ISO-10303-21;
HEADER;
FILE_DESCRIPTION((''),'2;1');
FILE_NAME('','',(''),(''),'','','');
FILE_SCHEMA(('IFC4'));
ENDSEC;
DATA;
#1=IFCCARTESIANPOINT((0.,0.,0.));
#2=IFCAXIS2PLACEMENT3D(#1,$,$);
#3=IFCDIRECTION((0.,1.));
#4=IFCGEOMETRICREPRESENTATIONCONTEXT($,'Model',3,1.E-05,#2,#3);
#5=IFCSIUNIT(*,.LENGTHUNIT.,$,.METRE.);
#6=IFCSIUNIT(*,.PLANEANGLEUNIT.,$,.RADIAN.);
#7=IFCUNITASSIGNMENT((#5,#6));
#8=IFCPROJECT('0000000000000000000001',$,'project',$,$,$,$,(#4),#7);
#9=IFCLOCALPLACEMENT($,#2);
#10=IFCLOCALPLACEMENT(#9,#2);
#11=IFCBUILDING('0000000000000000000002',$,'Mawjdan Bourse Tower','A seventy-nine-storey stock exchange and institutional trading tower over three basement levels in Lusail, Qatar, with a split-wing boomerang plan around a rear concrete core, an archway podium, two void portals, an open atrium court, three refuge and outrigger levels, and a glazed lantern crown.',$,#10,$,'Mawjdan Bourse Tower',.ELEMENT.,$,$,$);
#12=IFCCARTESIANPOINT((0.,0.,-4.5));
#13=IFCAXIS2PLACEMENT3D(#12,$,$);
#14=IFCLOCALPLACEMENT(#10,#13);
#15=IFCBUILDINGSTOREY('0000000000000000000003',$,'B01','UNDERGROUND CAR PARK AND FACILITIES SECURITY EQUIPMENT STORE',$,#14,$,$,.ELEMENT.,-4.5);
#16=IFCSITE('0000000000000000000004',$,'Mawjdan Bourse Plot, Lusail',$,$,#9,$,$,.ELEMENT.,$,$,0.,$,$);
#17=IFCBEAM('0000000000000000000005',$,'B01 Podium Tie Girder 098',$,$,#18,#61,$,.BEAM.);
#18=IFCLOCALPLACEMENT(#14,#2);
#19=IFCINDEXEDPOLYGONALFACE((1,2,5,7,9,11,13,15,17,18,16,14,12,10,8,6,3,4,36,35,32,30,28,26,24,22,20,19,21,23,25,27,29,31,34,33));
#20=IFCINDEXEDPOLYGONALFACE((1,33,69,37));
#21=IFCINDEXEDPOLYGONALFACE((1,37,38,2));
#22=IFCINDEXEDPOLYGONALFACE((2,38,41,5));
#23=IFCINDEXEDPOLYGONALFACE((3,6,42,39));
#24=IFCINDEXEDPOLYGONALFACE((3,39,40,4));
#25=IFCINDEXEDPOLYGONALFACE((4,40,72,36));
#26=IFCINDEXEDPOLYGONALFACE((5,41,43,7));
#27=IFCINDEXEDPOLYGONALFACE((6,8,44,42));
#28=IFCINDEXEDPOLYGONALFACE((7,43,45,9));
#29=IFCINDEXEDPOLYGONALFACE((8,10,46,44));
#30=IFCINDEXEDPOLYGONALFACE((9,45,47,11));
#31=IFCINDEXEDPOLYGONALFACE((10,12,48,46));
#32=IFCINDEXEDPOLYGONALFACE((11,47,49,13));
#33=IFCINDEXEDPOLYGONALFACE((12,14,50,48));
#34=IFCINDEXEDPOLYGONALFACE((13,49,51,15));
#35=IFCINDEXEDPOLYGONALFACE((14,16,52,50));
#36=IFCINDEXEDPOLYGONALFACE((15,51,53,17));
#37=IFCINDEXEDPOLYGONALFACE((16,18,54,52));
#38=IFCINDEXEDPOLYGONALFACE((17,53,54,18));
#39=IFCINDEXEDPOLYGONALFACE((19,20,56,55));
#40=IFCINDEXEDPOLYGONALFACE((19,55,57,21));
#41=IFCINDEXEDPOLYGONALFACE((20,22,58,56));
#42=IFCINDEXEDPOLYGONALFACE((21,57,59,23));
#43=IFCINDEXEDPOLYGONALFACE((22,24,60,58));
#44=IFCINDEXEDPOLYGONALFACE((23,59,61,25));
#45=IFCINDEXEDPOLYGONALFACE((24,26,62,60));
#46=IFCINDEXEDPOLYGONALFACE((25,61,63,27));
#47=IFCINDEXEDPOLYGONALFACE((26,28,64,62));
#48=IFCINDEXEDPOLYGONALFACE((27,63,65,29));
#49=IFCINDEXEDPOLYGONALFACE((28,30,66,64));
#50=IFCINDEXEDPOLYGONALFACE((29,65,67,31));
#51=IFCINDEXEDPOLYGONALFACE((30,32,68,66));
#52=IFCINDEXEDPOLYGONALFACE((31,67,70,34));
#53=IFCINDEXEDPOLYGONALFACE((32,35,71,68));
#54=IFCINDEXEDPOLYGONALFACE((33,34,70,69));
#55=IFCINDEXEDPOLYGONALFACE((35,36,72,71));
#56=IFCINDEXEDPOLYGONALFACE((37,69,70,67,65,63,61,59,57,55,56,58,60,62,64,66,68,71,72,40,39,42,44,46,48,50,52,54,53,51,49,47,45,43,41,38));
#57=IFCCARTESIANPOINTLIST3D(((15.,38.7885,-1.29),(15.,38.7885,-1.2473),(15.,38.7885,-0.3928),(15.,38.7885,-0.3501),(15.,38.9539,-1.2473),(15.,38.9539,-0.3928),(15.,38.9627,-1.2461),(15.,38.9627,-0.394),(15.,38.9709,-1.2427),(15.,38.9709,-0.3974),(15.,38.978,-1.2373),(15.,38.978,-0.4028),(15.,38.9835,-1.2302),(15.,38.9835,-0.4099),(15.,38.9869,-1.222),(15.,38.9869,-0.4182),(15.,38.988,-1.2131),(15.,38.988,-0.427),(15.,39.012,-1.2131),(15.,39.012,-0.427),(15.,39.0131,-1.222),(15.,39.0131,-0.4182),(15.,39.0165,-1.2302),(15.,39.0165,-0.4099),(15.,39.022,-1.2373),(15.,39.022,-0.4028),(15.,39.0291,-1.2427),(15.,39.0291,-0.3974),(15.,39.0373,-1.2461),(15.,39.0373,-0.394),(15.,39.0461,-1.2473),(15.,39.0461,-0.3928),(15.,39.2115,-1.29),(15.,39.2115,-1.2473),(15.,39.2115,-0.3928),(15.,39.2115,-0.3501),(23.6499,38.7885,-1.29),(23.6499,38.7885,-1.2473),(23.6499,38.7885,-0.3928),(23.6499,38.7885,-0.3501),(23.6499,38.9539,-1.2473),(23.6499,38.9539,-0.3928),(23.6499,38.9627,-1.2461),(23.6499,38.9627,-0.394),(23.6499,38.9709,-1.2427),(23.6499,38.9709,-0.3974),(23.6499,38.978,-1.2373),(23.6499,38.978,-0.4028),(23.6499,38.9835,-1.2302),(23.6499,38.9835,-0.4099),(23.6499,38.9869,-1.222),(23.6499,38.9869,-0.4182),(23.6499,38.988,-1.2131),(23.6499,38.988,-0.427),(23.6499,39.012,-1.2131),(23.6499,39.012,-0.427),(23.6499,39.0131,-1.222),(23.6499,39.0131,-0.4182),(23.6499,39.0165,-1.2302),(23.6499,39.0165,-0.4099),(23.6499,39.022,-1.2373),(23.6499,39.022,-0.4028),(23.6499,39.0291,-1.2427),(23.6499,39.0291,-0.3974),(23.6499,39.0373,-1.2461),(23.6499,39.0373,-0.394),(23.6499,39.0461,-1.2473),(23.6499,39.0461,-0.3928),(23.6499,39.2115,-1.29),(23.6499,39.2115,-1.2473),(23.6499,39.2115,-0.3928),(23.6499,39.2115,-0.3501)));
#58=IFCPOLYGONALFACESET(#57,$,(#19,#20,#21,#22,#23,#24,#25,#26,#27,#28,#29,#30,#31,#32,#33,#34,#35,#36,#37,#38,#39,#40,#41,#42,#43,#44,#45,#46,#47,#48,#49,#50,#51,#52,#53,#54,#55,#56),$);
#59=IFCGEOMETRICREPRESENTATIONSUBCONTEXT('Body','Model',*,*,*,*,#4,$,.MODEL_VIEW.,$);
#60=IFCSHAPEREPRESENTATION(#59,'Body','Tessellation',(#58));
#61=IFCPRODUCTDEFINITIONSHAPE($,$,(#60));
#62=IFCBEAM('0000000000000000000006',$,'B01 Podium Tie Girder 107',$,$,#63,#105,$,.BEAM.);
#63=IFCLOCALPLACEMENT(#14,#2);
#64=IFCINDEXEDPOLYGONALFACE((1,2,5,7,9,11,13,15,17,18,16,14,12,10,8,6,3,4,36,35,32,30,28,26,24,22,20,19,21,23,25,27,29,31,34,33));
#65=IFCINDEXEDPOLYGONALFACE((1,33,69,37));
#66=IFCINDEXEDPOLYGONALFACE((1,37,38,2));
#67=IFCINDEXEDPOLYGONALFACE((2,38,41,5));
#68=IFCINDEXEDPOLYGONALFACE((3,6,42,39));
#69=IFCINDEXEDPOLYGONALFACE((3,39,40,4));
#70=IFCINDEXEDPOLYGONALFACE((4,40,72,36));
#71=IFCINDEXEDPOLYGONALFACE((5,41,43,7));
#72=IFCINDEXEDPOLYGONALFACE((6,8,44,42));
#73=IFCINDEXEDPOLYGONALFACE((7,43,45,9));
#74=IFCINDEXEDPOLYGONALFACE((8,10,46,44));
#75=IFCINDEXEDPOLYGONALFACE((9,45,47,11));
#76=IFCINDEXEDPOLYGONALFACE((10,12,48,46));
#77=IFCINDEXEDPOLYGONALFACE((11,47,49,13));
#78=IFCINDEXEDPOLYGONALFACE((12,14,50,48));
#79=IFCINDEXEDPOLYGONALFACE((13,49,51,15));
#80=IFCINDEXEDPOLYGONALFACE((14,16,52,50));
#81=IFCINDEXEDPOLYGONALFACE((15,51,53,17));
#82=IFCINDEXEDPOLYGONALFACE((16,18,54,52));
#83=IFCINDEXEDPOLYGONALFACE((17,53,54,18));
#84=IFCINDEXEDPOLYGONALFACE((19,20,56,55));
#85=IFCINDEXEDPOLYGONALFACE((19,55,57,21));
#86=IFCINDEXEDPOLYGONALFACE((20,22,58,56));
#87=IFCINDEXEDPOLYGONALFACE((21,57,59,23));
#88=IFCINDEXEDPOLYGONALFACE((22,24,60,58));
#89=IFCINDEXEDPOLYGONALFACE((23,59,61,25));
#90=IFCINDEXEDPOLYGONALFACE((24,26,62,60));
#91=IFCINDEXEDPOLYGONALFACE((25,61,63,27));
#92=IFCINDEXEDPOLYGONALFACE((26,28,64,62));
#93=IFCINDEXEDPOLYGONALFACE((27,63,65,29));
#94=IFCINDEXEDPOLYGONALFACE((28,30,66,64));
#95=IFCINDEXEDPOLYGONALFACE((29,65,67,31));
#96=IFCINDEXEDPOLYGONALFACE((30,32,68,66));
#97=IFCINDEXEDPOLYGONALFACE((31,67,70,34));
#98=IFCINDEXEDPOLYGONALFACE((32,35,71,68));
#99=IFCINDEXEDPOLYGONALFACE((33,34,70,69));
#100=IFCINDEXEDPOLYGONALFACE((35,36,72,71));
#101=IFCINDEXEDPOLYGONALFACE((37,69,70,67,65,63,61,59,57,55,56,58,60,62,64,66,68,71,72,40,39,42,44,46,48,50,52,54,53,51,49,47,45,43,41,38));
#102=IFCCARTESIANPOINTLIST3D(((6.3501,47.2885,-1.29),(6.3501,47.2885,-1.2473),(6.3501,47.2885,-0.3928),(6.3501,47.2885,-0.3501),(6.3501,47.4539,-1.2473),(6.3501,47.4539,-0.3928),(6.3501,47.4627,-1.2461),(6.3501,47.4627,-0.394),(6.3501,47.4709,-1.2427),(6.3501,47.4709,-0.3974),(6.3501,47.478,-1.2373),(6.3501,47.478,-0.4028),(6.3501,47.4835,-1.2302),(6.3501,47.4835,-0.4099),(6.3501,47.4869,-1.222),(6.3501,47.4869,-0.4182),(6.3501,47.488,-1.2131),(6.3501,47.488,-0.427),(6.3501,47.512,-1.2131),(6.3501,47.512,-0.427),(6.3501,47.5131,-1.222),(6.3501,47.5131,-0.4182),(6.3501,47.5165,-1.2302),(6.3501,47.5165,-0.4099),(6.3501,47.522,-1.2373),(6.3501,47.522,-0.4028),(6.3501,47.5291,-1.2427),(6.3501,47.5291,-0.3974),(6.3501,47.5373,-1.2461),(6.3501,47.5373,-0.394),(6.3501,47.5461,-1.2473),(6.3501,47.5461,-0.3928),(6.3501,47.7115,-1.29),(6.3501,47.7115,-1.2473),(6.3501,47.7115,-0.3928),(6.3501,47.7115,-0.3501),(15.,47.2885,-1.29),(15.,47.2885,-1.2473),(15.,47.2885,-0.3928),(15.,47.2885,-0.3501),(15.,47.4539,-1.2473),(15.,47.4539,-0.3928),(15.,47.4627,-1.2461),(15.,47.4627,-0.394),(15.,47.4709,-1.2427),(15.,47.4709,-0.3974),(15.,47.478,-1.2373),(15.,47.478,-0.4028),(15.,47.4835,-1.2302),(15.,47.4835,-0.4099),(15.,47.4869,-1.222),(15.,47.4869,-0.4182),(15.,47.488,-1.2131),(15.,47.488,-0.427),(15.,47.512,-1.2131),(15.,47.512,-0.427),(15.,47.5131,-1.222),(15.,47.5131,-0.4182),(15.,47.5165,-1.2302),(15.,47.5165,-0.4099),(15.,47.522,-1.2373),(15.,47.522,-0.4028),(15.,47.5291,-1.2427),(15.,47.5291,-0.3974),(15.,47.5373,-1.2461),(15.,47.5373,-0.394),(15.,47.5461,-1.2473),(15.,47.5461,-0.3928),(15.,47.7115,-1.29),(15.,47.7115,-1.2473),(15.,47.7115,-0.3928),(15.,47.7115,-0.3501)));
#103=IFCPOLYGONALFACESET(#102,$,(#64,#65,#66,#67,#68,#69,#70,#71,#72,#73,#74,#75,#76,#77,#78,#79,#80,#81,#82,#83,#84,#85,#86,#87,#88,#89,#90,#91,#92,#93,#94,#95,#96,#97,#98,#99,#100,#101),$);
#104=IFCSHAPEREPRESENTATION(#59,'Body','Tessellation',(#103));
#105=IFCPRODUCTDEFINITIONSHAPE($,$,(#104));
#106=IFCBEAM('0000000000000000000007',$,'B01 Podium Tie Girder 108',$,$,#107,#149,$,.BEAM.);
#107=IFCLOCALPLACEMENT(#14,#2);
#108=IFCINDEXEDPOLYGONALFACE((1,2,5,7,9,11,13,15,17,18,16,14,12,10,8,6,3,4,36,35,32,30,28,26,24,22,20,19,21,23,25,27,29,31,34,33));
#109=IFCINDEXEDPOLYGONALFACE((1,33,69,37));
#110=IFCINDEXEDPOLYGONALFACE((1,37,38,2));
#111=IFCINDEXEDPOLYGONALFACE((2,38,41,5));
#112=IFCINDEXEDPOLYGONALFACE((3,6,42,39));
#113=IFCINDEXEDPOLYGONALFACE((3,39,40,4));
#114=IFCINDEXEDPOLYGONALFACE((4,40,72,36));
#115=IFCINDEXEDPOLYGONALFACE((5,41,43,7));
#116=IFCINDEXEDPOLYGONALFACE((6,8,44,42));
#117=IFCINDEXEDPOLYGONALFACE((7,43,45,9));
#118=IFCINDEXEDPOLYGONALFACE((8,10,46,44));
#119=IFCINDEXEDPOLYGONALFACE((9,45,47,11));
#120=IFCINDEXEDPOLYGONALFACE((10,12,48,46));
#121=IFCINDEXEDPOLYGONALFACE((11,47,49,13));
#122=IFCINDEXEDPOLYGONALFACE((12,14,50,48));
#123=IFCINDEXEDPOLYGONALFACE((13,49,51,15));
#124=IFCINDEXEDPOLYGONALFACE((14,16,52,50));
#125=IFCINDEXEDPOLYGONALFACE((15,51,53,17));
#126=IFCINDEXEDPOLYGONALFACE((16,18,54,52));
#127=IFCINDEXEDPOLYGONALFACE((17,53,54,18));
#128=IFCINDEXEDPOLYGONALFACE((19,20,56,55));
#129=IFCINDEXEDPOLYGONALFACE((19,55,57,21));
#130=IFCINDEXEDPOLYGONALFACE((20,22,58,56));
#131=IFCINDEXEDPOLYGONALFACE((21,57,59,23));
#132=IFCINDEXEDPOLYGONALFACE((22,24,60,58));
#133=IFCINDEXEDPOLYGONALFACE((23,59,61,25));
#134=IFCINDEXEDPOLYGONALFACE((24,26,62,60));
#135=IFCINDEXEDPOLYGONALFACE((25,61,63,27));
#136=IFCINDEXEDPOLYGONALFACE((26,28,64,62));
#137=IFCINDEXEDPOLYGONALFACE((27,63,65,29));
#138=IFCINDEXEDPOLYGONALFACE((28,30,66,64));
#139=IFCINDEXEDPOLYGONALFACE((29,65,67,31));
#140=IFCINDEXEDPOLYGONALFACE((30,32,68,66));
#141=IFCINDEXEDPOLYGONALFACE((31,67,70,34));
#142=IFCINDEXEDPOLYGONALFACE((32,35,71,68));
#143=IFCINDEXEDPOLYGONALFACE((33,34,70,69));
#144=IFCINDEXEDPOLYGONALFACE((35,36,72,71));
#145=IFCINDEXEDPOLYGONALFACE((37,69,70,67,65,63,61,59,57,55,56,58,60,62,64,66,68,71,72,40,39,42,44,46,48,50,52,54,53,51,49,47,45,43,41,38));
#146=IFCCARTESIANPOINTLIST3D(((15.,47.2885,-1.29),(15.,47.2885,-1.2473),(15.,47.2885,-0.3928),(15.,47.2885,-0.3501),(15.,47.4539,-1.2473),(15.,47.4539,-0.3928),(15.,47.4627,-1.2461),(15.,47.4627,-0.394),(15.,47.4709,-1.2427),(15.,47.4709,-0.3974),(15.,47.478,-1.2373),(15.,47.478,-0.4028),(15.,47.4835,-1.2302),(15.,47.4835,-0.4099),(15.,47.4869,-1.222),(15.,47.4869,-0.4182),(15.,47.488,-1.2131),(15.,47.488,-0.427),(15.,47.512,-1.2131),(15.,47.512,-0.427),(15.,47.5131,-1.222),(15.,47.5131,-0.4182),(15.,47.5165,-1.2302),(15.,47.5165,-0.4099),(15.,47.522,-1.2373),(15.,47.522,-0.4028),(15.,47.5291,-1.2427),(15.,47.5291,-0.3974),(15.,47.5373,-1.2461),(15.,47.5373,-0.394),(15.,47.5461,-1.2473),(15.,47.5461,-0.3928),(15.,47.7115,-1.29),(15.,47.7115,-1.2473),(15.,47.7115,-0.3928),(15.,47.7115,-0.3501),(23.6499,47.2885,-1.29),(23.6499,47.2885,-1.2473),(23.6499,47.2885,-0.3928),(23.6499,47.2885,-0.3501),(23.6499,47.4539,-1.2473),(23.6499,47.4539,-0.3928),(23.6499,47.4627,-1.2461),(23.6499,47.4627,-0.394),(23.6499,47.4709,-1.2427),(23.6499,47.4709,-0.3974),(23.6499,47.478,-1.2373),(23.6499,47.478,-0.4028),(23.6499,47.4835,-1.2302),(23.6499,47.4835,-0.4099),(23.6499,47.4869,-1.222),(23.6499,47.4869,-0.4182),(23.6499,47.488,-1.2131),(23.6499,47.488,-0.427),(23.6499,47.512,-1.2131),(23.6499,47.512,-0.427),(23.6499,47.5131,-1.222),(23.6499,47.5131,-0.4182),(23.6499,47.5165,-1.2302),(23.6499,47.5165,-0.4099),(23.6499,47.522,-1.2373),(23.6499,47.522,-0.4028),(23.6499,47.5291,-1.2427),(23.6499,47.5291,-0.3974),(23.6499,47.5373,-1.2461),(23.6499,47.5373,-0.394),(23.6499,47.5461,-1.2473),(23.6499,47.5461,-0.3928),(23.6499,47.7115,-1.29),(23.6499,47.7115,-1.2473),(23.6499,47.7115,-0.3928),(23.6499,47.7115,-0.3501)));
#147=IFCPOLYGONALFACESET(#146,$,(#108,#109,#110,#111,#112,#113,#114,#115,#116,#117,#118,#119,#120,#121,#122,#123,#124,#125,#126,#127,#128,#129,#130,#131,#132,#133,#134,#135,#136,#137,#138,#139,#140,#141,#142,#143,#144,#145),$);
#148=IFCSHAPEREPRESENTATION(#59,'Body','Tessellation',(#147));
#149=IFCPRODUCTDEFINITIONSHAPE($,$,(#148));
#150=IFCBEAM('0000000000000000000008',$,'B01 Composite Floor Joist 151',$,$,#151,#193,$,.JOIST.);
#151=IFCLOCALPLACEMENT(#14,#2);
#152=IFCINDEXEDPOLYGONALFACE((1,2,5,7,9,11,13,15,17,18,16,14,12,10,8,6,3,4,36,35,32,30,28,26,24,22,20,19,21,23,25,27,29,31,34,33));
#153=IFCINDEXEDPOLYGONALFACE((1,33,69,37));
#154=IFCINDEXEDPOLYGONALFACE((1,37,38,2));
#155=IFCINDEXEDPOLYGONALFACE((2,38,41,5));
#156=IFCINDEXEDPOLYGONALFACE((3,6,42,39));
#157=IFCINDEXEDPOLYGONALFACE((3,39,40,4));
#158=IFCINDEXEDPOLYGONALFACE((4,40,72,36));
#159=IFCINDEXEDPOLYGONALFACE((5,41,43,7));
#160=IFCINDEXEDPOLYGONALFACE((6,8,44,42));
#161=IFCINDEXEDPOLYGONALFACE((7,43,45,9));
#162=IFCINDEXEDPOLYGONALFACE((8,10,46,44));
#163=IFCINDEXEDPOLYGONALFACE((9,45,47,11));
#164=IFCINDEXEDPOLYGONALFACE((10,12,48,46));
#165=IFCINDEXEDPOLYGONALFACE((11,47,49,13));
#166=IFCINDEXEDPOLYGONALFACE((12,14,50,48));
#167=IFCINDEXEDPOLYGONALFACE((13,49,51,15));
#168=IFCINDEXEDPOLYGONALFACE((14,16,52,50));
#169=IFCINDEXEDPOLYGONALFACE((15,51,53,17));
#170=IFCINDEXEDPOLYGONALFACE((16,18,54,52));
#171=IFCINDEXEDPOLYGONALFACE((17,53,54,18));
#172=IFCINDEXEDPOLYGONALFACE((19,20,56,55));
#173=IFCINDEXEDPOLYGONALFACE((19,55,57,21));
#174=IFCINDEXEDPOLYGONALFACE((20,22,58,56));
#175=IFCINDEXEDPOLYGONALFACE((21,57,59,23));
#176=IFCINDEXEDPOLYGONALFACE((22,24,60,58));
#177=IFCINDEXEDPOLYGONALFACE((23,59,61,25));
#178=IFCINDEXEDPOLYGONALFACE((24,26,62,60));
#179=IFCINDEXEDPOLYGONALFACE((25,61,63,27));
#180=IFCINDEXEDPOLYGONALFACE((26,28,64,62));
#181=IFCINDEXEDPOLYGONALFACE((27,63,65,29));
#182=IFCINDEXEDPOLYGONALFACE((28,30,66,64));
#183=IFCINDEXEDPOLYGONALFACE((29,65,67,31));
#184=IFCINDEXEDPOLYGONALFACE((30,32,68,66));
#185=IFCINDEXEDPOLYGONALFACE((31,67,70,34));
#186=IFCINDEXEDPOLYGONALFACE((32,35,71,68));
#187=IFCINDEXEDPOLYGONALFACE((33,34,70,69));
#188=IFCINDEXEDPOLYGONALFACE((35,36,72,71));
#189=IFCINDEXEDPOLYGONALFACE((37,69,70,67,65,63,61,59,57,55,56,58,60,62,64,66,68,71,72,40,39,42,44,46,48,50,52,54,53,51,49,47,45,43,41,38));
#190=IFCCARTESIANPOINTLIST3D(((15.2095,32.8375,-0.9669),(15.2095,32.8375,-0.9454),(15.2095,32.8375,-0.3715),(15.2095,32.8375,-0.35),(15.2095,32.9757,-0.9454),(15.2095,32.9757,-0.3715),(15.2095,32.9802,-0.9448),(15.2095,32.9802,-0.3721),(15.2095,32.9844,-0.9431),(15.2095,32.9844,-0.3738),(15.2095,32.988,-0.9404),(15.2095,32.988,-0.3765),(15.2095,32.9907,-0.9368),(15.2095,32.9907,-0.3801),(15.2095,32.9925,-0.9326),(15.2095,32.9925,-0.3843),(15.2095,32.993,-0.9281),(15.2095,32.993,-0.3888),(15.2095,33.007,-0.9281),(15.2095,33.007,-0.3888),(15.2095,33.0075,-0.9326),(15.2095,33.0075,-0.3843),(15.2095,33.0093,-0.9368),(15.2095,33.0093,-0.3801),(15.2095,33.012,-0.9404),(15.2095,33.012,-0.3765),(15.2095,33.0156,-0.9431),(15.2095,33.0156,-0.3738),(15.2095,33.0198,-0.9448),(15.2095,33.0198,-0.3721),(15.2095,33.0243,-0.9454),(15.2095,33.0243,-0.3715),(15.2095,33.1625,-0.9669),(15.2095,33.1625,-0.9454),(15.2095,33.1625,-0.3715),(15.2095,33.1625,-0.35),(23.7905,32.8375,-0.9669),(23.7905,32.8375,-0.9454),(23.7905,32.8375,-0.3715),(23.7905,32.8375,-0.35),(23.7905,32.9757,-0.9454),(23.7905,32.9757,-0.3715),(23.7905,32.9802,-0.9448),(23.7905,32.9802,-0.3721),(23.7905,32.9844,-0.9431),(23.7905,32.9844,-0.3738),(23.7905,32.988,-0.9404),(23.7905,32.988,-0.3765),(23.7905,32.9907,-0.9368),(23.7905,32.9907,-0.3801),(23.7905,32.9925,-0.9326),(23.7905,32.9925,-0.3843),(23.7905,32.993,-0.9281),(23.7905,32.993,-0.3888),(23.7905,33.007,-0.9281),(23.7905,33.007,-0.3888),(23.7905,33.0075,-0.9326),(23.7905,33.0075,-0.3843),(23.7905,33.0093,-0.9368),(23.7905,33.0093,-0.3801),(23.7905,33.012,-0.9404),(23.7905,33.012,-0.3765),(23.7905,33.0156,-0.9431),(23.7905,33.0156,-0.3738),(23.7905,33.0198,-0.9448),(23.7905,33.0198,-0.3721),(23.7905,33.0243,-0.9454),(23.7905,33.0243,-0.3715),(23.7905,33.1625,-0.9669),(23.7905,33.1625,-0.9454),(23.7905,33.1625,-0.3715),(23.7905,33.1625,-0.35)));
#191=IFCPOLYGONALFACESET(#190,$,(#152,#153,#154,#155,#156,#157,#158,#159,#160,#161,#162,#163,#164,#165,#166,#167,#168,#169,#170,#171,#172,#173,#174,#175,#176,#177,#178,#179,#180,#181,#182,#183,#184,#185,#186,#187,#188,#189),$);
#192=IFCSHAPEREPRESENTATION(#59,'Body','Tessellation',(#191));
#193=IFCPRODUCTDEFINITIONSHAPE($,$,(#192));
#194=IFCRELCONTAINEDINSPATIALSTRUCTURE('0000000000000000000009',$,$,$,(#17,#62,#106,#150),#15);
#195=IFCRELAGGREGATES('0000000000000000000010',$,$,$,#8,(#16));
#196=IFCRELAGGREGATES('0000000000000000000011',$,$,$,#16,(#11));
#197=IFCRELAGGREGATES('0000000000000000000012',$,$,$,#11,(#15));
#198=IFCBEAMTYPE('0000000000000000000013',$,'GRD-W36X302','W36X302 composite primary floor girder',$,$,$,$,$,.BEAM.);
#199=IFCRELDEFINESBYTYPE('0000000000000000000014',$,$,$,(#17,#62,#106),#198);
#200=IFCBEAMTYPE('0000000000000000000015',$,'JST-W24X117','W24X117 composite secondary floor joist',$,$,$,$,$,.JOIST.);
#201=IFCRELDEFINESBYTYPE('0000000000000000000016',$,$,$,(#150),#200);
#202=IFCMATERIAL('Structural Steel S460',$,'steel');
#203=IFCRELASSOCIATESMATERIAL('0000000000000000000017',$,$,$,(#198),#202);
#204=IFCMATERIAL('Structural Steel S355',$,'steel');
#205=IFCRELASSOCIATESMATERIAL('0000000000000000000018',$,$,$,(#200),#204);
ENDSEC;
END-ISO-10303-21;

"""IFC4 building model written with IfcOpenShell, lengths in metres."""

from ifc_helpers import new_model, si_unit, direction, frame, origin, origin_2d, place, context, subcontext, project, spatial, i_section, extrude, material, material_profile, profile_set, type_object, element, save


model = new_model("IFC4")

# Units and contexts
model_context = context("Model", 3, precision=1e-05, world=origin(), true_north=direction((0.0, 1.0)))
body_context = subcontext(model_context, "Body", "Model", "MODEL_VIEW")
ifc_project = project(units=[si_unit("LENGTHUNIT", "METRE"), si_unit("PLANEANGLEUNIT", "RADIAN")], contexts=[model_context])

# Site, building, storey
site_placement = place(None, origin())
site = spatial("IfcSite", under=ifc_project, at=site_placement, Name="Mawjdan Bourse Plot, Lusail", CompositionType="ELEMENT", RefElevation=0.0)
building_placement = place(site_placement, origin())
building = spatial("IfcBuilding", under=site, at=building_placement, Name="Mawjdan Bourse Tower", Description="A seventy-nine-storey stock exchange and institutional trading tower over three basement levels in Lusail, Qatar, with a split-wing boomerang plan around a rear concrete core, an archway podium, two void portals, an open atrium court, three refuge and outrigger levels, and a glazed lantern crown.", LongName="Mawjdan Bourse Tower", CompositionType="ELEMENT")
storey_placement = place(building_placement, frame((0.0, 0.0, -4.5)))
storey = spatial("IfcBuildingStorey", under=building, at=storey_placement, Name="B01", Description="UNDERGROUND CAR PARK AND FACILITIES SECURITY EQUIPMENT STORE", CompositionType="ELEMENT", Elevation=-4.5)

# Beams
ifc_material_1 = material(Name="Structural Steel S460", Category="steel")
ifc_material_profile_1 = material_profile(ifc_material_1, i_section(OverallWidth=0.4231, OverallDepth=0.9399, WebThickness=0.0239, FlangeThickness=0.0427, FilletRadius=0.0342, at=origin_2d()), Name="W36X302")
ifc_profile_set_1 = profile_set([ifc_material_profile_1], Name="Structural Steel S460")
beam_type_1 = type_object("IfcBeamType", Name="GRD-W36X302", Description="W36X302 composite primary floor girder", PredefinedType="BEAM", material=ifc_profile_set_1)
for number, where, z_axis, x_axis, name in (
    (1, (15.0, 39.0, -0.8201), (1.0, 0.0, 0.0), (0.0, 1.0, 0.0), "B01 Podium Tie Girder 098"),
    (2, (6.3501, 47.5, -0.8201), (1.0, 0.0, 0.0), (0.0, 1.0, 0.0), "B01 Podium Tie Girder 107"),
    (3, (15.0, 47.5, -0.8201), (1.0, 0.0, 0.0), (0.0, 1.0, 0.0), "B01 Podium Tie Girder 108"),
):
    element("IfcBeam", number, at=place(storey_placement, frame(where, z_axis=z_axis, x_axis=x_axis)), inside=storey, type_object=beam_type_1, Name=name, PredefinedType="BEAM", context=body_context, shape_type="SweptSolid", body=[
        extrude(i_section(OverallWidth=0.4231, OverallDepth=0.9399, WebThickness=0.0239, FlangeThickness=0.0427, FilletRadius=0.0342, at=origin_2d()), origin(), (0.0, 0.0, 1.0), 8.6499),
    ])
ifc_material_2 = material(Name="Structural Steel S355", Category="steel")
ifc_material_profile_2 = material_profile(ifc_material_2, i_section(OverallWidth=0.325, OverallDepth=0.6169, WebThickness=0.0139, FlangeThickness=0.0215, FilletRadius=0.0173, at=origin_2d()), Name="W24X117")
ifc_profile_set_2 = profile_set([ifc_material_profile_2], Name="Structural Steel S355")
beam_type_2 = type_object("IfcBeamType", Name="JST-W24X117", Description="W24X117 composite secondary floor joist", PredefinedType="JOIST", material=ifc_profile_set_2)
for number, where, z_axis, x_axis, name in (
    (4, (15.2095, 33.0, -0.6584), (1.0, 0.0, 0.0), (0.0, 1.0, 0.0), "B01 Composite Floor Joist 151"),
):
    element("IfcBeam", number, at=place(storey_placement, frame(where, z_axis=z_axis, x_axis=x_axis)), inside=storey, type_object=beam_type_2, Name=name, PredefinedType="JOIST", context=body_context, shape_type="SweptSolid", body=[
        extrude(i_section(OverallWidth=0.325, OverallDepth=0.6169, WebThickness=0.0139, FlangeThickness=0.0215, FilletRadius=0.0173, at=origin_2d()), origin(), (0.0, 0.0, 1.0), 8.5811),
    ])

save(model, "model.ifc")
